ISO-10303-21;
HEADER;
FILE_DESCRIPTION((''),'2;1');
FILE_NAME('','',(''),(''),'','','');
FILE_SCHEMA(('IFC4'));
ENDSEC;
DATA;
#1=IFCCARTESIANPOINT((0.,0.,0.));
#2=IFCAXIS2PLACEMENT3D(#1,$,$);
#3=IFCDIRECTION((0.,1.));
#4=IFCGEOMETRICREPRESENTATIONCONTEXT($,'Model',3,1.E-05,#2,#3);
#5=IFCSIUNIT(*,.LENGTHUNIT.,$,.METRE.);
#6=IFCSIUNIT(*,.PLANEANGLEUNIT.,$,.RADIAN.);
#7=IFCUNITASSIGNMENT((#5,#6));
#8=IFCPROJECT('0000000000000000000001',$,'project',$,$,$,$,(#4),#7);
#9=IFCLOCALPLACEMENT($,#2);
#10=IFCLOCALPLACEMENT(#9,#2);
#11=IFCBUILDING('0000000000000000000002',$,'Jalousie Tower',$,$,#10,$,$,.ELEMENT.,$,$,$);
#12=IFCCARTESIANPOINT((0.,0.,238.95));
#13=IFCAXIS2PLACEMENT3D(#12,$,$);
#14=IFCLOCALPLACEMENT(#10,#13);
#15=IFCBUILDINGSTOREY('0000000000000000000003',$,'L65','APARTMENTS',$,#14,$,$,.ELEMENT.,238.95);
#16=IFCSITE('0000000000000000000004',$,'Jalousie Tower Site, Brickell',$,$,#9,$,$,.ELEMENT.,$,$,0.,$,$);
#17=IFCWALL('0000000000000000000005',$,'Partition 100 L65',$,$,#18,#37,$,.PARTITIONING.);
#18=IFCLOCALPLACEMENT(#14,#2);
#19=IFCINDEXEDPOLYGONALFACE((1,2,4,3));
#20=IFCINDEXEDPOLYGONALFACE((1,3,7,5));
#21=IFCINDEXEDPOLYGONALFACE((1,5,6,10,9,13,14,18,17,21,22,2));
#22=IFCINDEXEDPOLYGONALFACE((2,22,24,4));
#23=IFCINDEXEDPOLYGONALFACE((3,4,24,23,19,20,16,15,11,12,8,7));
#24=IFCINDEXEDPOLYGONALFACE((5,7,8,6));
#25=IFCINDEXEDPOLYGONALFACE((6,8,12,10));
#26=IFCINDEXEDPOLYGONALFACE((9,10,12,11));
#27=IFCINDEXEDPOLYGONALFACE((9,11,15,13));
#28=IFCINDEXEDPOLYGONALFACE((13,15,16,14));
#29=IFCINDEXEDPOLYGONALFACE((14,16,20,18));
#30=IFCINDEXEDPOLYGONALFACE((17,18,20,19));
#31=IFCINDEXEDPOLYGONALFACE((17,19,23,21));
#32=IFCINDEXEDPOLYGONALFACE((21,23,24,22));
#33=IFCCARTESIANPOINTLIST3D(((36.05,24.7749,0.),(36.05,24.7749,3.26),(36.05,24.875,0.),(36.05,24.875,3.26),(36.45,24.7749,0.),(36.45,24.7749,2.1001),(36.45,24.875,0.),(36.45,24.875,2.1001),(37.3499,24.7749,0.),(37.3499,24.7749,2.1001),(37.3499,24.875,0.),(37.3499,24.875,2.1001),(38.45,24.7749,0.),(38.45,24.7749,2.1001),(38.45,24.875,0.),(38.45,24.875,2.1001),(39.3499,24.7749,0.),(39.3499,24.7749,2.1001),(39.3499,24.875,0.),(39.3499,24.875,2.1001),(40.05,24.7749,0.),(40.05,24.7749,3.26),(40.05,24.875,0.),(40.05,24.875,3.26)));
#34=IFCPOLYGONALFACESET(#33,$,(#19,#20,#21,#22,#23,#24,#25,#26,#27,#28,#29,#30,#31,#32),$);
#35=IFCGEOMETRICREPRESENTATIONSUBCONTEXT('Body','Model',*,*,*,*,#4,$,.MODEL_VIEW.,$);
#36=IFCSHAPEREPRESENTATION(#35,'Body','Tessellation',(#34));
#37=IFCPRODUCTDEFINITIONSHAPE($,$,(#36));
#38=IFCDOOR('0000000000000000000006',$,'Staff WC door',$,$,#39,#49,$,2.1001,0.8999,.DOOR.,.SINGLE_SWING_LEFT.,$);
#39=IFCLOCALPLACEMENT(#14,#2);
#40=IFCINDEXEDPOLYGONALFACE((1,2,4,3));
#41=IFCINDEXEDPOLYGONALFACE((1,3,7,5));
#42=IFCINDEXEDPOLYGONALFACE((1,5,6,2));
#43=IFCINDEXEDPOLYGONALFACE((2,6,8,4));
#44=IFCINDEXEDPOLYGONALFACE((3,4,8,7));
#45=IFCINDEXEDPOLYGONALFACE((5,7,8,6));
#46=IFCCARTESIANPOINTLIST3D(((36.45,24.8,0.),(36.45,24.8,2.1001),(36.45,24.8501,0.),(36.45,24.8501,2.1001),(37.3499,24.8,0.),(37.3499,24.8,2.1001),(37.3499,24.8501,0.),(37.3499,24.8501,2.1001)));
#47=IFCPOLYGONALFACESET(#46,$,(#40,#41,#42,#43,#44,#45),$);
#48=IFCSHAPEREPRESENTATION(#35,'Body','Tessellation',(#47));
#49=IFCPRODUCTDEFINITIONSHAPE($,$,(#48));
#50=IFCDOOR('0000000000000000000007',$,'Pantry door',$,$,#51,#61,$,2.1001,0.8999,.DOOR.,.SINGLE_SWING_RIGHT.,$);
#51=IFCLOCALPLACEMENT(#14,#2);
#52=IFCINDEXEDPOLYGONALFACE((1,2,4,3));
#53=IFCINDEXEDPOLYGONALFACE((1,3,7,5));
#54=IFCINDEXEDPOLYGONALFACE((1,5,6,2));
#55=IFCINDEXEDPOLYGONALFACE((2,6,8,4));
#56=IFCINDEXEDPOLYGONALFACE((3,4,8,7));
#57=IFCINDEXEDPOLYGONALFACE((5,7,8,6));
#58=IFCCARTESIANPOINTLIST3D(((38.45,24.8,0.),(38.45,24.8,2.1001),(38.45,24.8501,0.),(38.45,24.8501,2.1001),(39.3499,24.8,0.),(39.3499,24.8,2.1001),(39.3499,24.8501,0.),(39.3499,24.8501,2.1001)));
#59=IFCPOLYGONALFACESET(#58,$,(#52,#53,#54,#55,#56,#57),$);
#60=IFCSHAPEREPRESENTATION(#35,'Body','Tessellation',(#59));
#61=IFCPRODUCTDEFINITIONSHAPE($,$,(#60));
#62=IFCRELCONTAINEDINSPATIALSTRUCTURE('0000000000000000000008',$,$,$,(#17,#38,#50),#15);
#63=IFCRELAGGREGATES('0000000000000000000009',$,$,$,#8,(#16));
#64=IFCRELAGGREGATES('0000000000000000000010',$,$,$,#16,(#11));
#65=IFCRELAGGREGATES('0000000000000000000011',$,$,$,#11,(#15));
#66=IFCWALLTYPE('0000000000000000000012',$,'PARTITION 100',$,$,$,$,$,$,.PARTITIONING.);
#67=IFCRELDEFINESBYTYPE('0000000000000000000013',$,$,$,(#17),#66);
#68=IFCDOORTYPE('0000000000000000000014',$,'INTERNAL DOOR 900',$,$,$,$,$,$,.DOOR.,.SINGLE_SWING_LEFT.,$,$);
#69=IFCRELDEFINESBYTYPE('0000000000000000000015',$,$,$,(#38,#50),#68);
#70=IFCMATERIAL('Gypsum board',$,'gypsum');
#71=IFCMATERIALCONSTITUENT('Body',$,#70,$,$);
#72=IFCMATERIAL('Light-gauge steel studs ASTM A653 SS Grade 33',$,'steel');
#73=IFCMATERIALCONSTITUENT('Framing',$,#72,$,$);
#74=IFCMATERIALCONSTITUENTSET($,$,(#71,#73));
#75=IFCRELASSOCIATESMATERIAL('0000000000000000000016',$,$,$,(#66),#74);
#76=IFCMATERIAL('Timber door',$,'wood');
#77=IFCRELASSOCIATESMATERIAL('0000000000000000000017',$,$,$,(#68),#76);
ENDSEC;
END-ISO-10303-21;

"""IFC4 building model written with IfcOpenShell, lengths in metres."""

from ifc_helpers import new_model, si_unit, direction, frame, frame_2d, origin, place, context, subcontext, project, spatial, rectangle, extrude, material, constituent, constituent_set, type_object, element, fill, save


model = new_model("IFC4")

# Units and contexts
model_context = context("Model", 3, precision=1e-05, world=origin(), true_north=direction((0.0, 1.0)))
body_context = subcontext(model_context, "Body", "Model", "MODEL_VIEW")
ifc_project = project(units=[si_unit("LENGTHUNIT", "METRE"), si_unit("PLANEANGLEUNIT", "RADIAN")], contexts=[model_context])

# Site, building, storey
site_placement = place(None, origin())
site = spatial("IfcSite", under=ifc_project, at=site_placement, Name="Jalousie Tower Site, Brickell", CompositionType="ELEMENT", RefElevation=0.0)
building_placement = place(site_placement, origin())
building = spatial("IfcBuilding", under=site, at=building_placement, Name="Jalousie Tower", CompositionType="ELEMENT")
storey_placement = place(building_placement, frame((0.0, 0.0, 238.95)))
storey = spatial("IfcBuildingStorey", under=building, at=storey_placement, Name="L65", Description="APARTMENTS", CompositionType="ELEMENT", Elevation=238.95)

# Wall, openings, doors
ifc_material_1 = material(Name="Gypsum board", Category="gypsum")
ifc_constituent_1 = constituent(ifc_material_1, Name="Body")
ifc_material_2 = material(Name="Light-gauge steel studs ASTM A653 SS Grade 33", Category="steel")
ifc_constituent_2 = constituent(ifc_material_2, Name="Framing")
ifc_constituent_set = constituent_set(constituents=[ifc_constituent_1, ifc_constituent_2])
wall_type_1 = type_object("IfcWallType", Name="PARTITION 100", PredefinedType="PARTITIONING", material=ifc_constituent_set)
wall_1_placement = place(storey_placement, frame((36.05, 24.825, 0.0), z_axis=(0.0, 0.0, 1.0), x_axis=(1.0, 0.0, 0.0)))
wall_1 = element("IfcWall", 1, at=wall_1_placement, inside=storey, type_object=wall_type_1, Name="Partition 100 L65", PredefinedType="PARTITIONING", context=body_context, shape_type="SweptSolid", body=[
    extrude(rectangle(XDim=4.0, YDim=0.1001, at=frame_2d((2.0, 0.0))), origin(), (0.0, 0.0, 1.0), 3.26),
])
opening_1_placement = place(wall_1_placement, frame((0.3999, 0.0, 0.0)))
opening_1 = element("IfcOpeningElement", 2, at=opening_1_placement, cuts=wall_1, PredefinedType="OPENING", context=body_context, shape_type="SweptSolid", body=[
    extrude(rectangle(XDim=0.8999, YDim=2.1001, at=frame_2d((0.45, 1.05))), frame((0.0, 0.0601, 0.0), z_axis=(0.0, -1.0, 0.0), x_axis=(1.0, 0.0, 0.0)), (0.0, 0.0, 1.0), 0.1201),
])
opening_2_placement = place(wall_1_placement, frame((2.3999, 0.0, 0.0)))
opening_2 = element("IfcOpeningElement", 3, at=opening_2_placement, cuts=wall_1, PredefinedType="OPENING", context=body_context, shape_type="SweptSolid", body=[
    extrude(rectangle(XDim=0.8999, YDim=2.1001, at=frame_2d((0.45, 1.05))), frame((0.0, 0.0601, 0.0), z_axis=(0.0, -1.0, 0.0), x_axis=(1.0, 0.0, 0.0)), (0.0, 0.0, 1.0), 0.1201),
])
ifc_material_3 = material(Name="Timber door", Category="wood")
door_type_1 = type_object("IfcDoorType", Name="INTERNAL DOOR 900", OperationType="SINGLE_SWING_LEFT", PredefinedType="DOOR", material=ifc_material_3)
door_1_placement = place(opening_1_placement, frame((0.8999, 0.0, 0.0), z_axis=(0.0, 0.0, 1.0), x_axis=(-1.0, 0.0, 0.0)))
door_1 = element("IfcDoor", 4, at=door_1_placement, inside=storey, type_object=door_type_1, Name="Staff WC door", OperationType="SINGLE_SWING_LEFT", OverallHeight=2.1001, OverallWidth=0.8999, PredefinedType="DOOR", context=body_context, shape_type="SweptSolid", body=[
    extrude(rectangle(XDim=0.8999, YDim=2.1001, at=frame_2d((0.45, 1.05))), frame((0.0, 0.0249, 0.0), z_axis=(0.0, -1.0, 0.0), x_axis=(1.0, 0.0, 0.0)), (0.0, 0.0, 1.0), 0.05),
])
fill(opening_1, door_1)
door_2_placement = place(opening_2_placement, frame((0.8999, 0.0, 0.0), z_axis=(0.0, 0.0, 1.0), x_axis=(-1.0, 0.0, 0.0)))
door_2 = element("IfcDoor", 5, at=door_2_placement, inside=storey, type_object=door_type_1, Name="Pantry door", OperationType="SINGLE_SWING_RIGHT", OverallHeight=2.1001, OverallWidth=0.8999, PredefinedType="DOOR", context=body_context, shape_type="SweptSolid", body=[
    extrude(rectangle(XDim=0.8999, YDim=2.1001, at=frame_2d((0.45, 1.05))), frame((0.0, 0.0249, 0.0), z_axis=(0.0, -1.0, 0.0), x_axis=(1.0, 0.0, 0.0)), (0.0, 0.0, 1.0), 0.05),
])
fill(opening_2, door_2)

save(model, "model.ifc")
